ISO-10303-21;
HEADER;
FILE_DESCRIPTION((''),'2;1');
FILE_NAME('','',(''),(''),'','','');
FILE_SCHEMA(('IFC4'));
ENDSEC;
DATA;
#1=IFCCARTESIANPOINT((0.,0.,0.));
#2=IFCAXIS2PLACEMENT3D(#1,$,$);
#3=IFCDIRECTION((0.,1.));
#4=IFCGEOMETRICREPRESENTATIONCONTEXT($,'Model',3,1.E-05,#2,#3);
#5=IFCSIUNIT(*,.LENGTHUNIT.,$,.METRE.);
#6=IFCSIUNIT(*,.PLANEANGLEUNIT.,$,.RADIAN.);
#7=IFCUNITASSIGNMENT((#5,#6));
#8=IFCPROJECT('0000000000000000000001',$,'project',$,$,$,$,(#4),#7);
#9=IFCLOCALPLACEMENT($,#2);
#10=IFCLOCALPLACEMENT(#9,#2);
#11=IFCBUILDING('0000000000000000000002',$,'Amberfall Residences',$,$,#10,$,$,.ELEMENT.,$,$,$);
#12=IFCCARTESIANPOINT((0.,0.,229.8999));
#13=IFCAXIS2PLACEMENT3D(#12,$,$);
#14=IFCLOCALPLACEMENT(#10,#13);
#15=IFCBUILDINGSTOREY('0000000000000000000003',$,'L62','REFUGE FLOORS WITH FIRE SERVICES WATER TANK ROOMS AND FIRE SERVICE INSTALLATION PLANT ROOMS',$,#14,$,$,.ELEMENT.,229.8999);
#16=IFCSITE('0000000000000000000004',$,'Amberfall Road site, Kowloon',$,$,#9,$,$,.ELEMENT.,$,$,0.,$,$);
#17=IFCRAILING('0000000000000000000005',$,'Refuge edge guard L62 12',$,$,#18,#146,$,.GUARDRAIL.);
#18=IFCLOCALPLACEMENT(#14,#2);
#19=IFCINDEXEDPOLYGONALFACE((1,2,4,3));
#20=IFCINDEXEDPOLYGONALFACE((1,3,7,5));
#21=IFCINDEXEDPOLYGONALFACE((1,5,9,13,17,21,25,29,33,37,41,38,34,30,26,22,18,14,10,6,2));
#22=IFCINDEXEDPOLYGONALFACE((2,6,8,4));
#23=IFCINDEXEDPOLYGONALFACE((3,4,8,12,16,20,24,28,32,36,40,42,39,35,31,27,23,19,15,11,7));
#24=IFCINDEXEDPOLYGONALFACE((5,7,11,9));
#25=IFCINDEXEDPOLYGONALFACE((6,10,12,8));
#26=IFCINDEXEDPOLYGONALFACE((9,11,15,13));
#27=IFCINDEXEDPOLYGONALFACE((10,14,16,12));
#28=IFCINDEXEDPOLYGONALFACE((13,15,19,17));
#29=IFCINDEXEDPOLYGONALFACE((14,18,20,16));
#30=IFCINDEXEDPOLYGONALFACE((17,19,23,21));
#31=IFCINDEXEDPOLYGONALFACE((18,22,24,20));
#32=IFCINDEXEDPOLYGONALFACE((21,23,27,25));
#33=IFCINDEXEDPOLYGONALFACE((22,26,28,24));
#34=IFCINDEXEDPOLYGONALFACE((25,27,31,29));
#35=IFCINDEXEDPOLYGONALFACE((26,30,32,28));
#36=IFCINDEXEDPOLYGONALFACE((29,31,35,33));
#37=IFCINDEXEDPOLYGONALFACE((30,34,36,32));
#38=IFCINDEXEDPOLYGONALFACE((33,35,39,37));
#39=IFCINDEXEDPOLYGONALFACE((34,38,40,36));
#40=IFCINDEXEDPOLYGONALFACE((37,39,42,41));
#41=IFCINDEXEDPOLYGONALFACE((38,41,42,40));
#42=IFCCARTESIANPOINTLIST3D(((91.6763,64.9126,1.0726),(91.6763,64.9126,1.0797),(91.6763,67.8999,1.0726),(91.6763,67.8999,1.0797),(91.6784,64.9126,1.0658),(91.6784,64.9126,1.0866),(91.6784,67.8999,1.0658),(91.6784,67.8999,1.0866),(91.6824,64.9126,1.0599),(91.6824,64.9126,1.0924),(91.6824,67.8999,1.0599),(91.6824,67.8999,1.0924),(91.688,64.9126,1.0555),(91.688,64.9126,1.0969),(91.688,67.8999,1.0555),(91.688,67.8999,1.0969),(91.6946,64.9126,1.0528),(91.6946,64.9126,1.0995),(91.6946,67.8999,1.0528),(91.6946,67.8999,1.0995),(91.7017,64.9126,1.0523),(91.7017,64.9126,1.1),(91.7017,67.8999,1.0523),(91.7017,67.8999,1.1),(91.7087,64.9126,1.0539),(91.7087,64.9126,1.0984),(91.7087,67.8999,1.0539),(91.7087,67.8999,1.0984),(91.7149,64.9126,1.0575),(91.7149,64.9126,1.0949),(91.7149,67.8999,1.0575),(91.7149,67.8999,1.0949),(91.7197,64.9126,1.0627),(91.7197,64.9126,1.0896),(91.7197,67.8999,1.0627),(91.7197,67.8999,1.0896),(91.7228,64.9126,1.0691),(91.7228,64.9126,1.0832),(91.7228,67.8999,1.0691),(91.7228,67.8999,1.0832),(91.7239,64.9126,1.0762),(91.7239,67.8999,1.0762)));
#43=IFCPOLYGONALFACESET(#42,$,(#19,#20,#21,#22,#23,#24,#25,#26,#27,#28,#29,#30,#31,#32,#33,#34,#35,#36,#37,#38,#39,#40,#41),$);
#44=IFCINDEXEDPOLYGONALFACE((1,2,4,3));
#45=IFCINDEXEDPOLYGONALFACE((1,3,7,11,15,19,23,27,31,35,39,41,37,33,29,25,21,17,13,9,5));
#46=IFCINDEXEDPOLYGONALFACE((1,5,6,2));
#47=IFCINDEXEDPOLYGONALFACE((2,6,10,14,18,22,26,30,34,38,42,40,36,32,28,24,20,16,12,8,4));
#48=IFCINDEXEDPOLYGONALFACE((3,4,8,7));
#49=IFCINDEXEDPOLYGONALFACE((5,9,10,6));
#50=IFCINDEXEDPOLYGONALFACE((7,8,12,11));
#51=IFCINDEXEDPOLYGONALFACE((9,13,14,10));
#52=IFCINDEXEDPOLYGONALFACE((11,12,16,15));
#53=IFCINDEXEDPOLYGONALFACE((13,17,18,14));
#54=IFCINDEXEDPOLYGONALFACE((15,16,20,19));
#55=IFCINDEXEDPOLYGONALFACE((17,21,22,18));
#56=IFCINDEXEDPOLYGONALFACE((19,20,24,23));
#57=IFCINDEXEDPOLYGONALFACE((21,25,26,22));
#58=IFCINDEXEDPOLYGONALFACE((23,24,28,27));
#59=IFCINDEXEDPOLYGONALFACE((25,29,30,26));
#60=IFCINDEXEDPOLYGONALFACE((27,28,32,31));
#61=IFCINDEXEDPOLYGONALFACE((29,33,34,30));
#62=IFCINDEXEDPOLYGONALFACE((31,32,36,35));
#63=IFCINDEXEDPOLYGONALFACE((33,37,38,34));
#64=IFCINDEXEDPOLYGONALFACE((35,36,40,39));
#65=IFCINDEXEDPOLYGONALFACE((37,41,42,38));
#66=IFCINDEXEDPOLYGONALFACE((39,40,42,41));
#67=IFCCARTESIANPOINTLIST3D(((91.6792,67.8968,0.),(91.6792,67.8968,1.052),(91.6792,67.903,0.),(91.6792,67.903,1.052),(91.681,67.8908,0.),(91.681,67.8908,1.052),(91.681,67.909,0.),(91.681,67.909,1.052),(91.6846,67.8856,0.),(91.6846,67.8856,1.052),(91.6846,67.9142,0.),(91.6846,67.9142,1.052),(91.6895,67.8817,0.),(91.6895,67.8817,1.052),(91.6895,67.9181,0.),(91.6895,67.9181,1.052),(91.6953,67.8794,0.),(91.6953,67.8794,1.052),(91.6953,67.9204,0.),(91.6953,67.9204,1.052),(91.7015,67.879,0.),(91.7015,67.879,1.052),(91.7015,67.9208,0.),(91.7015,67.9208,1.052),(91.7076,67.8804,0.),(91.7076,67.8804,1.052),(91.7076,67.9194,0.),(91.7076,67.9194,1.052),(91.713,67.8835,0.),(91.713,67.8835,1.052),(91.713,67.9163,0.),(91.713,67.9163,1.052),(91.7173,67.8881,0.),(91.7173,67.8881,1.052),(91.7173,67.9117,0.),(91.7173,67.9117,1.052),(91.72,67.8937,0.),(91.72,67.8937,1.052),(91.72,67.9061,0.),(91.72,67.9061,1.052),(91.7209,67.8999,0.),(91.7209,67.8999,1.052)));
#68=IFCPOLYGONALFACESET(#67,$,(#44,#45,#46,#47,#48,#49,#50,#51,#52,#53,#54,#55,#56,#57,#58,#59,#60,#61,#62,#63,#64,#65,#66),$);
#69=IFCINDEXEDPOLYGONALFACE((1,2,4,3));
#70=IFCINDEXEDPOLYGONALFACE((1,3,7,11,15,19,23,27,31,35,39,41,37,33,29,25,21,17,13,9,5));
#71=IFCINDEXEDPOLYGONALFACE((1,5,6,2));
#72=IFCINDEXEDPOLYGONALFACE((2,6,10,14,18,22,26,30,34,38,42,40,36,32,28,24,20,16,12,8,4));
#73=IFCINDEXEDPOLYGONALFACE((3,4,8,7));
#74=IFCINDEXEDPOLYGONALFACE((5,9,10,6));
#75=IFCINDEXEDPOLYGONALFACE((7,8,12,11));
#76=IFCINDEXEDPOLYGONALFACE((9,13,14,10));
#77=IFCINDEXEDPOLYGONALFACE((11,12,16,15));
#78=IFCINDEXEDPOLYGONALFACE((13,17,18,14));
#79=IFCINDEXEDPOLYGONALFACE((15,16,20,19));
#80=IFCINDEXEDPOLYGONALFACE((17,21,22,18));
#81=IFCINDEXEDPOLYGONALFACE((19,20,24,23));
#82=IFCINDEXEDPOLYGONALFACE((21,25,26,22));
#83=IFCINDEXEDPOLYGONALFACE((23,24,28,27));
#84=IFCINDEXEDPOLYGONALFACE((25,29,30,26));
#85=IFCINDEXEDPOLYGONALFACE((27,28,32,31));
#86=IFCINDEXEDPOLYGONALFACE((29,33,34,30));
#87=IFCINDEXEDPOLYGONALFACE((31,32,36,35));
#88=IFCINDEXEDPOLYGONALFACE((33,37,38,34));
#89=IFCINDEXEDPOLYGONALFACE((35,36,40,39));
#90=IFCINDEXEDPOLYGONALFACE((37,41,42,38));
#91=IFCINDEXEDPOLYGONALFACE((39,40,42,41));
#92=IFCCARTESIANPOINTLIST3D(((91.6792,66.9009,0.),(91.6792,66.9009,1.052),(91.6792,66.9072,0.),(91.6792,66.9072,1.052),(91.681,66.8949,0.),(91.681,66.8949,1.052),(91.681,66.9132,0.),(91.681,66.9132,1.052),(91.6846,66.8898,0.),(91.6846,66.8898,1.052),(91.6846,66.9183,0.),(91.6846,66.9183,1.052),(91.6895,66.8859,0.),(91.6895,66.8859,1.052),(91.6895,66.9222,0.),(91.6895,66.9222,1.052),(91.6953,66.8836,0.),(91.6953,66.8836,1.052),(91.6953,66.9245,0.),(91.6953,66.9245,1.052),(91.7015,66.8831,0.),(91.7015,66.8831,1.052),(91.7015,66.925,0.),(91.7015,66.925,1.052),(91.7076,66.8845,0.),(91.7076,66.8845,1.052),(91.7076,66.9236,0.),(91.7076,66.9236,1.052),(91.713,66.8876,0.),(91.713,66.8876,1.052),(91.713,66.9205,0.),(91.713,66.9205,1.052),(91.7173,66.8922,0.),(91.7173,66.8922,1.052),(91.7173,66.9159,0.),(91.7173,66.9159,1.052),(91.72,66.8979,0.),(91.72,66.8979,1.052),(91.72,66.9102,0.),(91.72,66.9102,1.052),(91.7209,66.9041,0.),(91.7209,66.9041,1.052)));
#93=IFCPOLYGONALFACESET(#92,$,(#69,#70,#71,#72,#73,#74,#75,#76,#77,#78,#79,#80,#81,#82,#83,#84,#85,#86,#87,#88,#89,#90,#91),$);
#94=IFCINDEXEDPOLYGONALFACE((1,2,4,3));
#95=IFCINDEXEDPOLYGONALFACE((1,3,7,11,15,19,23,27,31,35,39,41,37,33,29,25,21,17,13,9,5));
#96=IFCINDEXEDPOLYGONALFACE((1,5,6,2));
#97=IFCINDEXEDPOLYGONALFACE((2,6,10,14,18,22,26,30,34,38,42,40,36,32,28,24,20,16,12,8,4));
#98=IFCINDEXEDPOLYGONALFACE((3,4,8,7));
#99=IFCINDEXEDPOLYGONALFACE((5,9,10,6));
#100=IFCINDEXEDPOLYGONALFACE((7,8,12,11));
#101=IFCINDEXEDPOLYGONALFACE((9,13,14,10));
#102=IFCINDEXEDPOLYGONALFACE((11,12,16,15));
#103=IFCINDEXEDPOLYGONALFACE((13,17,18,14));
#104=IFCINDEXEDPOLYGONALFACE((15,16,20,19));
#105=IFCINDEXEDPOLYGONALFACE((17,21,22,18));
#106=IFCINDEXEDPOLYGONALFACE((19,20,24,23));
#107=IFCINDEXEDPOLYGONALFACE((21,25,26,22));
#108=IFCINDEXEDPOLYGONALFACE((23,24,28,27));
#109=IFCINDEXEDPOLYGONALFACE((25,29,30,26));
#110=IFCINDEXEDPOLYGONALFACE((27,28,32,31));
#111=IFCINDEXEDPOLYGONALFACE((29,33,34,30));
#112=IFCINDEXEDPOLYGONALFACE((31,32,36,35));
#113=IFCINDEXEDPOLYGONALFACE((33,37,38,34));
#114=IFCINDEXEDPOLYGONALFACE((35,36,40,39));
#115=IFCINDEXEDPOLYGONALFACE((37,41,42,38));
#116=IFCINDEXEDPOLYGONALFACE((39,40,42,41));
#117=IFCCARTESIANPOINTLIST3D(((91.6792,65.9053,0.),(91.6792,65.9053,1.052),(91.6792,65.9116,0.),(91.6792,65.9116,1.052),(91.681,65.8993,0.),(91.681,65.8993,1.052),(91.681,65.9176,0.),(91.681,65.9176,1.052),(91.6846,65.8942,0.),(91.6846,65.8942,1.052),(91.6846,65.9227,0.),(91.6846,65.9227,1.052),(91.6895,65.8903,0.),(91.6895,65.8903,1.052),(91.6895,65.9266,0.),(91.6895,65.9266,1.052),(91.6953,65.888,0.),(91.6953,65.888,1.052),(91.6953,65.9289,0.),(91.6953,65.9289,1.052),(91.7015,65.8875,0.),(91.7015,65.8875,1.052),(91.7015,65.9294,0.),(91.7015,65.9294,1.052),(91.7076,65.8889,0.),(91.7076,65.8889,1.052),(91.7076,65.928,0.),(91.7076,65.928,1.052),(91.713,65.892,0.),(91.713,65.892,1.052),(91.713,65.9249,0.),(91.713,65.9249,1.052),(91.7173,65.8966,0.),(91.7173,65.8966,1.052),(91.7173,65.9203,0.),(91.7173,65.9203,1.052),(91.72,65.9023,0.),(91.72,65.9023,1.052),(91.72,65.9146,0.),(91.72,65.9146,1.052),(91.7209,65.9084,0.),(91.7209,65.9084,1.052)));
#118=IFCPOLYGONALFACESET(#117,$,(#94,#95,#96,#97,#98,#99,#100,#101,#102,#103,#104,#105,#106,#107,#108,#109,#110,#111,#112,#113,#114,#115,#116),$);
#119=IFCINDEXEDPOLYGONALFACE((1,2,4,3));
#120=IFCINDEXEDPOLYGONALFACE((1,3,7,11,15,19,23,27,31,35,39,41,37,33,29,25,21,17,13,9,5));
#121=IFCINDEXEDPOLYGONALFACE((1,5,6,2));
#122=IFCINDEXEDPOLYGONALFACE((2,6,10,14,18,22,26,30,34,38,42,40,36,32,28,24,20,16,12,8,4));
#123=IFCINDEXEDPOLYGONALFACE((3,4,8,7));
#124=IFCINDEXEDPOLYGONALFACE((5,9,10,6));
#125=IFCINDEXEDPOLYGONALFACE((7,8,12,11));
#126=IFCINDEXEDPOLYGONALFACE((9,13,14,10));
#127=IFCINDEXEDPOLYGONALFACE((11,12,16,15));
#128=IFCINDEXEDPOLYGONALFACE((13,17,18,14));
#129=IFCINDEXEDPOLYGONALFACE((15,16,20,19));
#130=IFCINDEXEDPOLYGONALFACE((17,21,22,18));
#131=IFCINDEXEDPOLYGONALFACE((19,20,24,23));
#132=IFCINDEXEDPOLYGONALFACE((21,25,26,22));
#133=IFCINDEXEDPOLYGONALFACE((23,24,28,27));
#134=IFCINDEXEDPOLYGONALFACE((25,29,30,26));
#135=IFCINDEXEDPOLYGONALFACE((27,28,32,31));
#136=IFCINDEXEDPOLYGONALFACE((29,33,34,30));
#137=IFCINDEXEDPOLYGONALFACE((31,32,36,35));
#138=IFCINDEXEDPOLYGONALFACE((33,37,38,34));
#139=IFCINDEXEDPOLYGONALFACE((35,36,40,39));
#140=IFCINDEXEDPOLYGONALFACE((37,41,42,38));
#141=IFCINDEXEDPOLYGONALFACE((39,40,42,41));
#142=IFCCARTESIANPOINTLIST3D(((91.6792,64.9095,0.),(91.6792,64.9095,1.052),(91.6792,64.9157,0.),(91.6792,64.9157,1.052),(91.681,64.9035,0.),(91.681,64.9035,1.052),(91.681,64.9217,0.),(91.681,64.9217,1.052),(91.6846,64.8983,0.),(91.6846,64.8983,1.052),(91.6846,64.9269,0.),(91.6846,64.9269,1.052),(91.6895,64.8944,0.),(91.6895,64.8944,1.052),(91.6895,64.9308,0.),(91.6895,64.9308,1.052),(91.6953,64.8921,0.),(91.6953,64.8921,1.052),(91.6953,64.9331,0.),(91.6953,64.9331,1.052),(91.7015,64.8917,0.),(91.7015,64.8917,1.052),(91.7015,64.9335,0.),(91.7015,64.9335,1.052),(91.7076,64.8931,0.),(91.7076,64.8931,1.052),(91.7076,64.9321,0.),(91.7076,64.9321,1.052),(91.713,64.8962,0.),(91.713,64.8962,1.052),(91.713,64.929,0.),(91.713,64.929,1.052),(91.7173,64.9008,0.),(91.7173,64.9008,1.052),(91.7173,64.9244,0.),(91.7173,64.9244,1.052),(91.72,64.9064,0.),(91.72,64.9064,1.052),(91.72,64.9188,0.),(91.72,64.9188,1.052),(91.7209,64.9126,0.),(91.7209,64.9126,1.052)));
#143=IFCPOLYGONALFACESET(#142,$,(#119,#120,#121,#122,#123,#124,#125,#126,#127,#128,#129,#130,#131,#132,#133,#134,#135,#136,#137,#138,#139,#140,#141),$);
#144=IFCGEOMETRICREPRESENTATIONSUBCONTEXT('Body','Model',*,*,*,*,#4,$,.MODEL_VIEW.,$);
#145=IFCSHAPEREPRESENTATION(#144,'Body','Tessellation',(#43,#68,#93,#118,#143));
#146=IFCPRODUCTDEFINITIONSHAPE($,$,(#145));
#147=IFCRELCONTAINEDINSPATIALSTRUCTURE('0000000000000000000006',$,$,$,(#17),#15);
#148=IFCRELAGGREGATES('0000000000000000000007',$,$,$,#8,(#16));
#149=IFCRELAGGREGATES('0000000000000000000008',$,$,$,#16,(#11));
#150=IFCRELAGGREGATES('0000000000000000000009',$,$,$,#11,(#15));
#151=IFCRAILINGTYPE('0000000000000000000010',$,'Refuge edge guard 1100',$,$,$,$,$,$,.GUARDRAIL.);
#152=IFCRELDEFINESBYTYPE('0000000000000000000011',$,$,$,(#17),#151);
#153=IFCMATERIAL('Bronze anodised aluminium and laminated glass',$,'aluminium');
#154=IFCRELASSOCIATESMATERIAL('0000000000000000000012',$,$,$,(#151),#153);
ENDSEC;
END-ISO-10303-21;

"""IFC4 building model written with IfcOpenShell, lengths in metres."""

from ifc_helpers import new_model, si_unit, direction, frame, origin, origin_2d, place, context, subcontext, project, spatial, circle, extrude, material, type_object, element, save


model = new_model("IFC4")

# Units and contexts
model_context = context("Model", 3, precision=1e-05, world=origin(), true_north=direction((0.0, 1.0)))
body_context = subcontext(model_context, "Body", "Model", "MODEL_VIEW")
ifc_project = project(units=[si_unit("LENGTHUNIT", "METRE"), si_unit("PLANEANGLEUNIT", "RADIAN")], contexts=[model_context])

# Site, building, storey
site_placement = place(None, origin())
site = spatial("IfcSite", under=ifc_project, at=site_placement, Name="Amberfall Road site, Kowloon", CompositionType="ELEMENT", RefElevation=0.0)
building_placement = place(site_placement, origin())
building = spatial("IfcBuilding", under=site, at=building_placement, Name="Amberfall Residences", CompositionType="ELEMENT")
storey_placement = place(building_placement, frame((0.0, 0.0, 229.8999)))
storey = spatial("IfcBuildingStorey", under=building, at=storey_placement, Name="L62", Description="REFUGE FLOORS WITH FIRE SERVICES WATER TANK ROOMS AND FIRE SERVICE INSTALLATION PLANT ROOMS", CompositionType="ELEMENT", Elevation=229.8999)

# Railing
ifc_material_1 = material(Name="Bronze anodised aluminium and laminated glass", Category="aluminium")
railing_type = type_object("IfcRailingType", Name="Refuge edge guard 1100", PredefinedType="GUARDRAIL", material=ifc_material_1)
railing_1_placement = place(storey_placement, frame((91.7, 67.8999, 0.0)))
element("IfcRailing", 1, at=railing_1_placement, inside=storey, type_object=railing_type, Name="Refuge edge guard L62 12", PredefinedType="GUARDRAIL", context=body_context, shape_type="SweptSolid", body=[
    extrude(circle(Radius=0.0239, at=origin_2d()), frame((0.0, 0.0, 1.0762), z_axis=(0.0, -1.0, 0.0), x_axis=(1.0, 0.0, 0.0)), (0.0, 0.0, 1.0), 2.9873),
    extrude(circle(Radius=0.021, at=origin_2d()), origin(), (0.0, 0.0, 1.0), 1.052),
    extrude(circle(Radius=0.021, at=origin_2d()), frame((0.0, -0.9958, 0.0)), (0.0, 0.0, 1.0), 1.052),
    extrude(circle(Radius=0.021, at=origin_2d()), frame((0.0, -1.9915, 0.0)), (0.0, 0.0, 1.0), 1.052),
    extrude(circle(Radius=0.021, at=origin_2d()), frame((0.0, -2.9873, 0.0)), (0.0, 0.0, 1.0), 1.052),
])

save(model, "model.ifc")
